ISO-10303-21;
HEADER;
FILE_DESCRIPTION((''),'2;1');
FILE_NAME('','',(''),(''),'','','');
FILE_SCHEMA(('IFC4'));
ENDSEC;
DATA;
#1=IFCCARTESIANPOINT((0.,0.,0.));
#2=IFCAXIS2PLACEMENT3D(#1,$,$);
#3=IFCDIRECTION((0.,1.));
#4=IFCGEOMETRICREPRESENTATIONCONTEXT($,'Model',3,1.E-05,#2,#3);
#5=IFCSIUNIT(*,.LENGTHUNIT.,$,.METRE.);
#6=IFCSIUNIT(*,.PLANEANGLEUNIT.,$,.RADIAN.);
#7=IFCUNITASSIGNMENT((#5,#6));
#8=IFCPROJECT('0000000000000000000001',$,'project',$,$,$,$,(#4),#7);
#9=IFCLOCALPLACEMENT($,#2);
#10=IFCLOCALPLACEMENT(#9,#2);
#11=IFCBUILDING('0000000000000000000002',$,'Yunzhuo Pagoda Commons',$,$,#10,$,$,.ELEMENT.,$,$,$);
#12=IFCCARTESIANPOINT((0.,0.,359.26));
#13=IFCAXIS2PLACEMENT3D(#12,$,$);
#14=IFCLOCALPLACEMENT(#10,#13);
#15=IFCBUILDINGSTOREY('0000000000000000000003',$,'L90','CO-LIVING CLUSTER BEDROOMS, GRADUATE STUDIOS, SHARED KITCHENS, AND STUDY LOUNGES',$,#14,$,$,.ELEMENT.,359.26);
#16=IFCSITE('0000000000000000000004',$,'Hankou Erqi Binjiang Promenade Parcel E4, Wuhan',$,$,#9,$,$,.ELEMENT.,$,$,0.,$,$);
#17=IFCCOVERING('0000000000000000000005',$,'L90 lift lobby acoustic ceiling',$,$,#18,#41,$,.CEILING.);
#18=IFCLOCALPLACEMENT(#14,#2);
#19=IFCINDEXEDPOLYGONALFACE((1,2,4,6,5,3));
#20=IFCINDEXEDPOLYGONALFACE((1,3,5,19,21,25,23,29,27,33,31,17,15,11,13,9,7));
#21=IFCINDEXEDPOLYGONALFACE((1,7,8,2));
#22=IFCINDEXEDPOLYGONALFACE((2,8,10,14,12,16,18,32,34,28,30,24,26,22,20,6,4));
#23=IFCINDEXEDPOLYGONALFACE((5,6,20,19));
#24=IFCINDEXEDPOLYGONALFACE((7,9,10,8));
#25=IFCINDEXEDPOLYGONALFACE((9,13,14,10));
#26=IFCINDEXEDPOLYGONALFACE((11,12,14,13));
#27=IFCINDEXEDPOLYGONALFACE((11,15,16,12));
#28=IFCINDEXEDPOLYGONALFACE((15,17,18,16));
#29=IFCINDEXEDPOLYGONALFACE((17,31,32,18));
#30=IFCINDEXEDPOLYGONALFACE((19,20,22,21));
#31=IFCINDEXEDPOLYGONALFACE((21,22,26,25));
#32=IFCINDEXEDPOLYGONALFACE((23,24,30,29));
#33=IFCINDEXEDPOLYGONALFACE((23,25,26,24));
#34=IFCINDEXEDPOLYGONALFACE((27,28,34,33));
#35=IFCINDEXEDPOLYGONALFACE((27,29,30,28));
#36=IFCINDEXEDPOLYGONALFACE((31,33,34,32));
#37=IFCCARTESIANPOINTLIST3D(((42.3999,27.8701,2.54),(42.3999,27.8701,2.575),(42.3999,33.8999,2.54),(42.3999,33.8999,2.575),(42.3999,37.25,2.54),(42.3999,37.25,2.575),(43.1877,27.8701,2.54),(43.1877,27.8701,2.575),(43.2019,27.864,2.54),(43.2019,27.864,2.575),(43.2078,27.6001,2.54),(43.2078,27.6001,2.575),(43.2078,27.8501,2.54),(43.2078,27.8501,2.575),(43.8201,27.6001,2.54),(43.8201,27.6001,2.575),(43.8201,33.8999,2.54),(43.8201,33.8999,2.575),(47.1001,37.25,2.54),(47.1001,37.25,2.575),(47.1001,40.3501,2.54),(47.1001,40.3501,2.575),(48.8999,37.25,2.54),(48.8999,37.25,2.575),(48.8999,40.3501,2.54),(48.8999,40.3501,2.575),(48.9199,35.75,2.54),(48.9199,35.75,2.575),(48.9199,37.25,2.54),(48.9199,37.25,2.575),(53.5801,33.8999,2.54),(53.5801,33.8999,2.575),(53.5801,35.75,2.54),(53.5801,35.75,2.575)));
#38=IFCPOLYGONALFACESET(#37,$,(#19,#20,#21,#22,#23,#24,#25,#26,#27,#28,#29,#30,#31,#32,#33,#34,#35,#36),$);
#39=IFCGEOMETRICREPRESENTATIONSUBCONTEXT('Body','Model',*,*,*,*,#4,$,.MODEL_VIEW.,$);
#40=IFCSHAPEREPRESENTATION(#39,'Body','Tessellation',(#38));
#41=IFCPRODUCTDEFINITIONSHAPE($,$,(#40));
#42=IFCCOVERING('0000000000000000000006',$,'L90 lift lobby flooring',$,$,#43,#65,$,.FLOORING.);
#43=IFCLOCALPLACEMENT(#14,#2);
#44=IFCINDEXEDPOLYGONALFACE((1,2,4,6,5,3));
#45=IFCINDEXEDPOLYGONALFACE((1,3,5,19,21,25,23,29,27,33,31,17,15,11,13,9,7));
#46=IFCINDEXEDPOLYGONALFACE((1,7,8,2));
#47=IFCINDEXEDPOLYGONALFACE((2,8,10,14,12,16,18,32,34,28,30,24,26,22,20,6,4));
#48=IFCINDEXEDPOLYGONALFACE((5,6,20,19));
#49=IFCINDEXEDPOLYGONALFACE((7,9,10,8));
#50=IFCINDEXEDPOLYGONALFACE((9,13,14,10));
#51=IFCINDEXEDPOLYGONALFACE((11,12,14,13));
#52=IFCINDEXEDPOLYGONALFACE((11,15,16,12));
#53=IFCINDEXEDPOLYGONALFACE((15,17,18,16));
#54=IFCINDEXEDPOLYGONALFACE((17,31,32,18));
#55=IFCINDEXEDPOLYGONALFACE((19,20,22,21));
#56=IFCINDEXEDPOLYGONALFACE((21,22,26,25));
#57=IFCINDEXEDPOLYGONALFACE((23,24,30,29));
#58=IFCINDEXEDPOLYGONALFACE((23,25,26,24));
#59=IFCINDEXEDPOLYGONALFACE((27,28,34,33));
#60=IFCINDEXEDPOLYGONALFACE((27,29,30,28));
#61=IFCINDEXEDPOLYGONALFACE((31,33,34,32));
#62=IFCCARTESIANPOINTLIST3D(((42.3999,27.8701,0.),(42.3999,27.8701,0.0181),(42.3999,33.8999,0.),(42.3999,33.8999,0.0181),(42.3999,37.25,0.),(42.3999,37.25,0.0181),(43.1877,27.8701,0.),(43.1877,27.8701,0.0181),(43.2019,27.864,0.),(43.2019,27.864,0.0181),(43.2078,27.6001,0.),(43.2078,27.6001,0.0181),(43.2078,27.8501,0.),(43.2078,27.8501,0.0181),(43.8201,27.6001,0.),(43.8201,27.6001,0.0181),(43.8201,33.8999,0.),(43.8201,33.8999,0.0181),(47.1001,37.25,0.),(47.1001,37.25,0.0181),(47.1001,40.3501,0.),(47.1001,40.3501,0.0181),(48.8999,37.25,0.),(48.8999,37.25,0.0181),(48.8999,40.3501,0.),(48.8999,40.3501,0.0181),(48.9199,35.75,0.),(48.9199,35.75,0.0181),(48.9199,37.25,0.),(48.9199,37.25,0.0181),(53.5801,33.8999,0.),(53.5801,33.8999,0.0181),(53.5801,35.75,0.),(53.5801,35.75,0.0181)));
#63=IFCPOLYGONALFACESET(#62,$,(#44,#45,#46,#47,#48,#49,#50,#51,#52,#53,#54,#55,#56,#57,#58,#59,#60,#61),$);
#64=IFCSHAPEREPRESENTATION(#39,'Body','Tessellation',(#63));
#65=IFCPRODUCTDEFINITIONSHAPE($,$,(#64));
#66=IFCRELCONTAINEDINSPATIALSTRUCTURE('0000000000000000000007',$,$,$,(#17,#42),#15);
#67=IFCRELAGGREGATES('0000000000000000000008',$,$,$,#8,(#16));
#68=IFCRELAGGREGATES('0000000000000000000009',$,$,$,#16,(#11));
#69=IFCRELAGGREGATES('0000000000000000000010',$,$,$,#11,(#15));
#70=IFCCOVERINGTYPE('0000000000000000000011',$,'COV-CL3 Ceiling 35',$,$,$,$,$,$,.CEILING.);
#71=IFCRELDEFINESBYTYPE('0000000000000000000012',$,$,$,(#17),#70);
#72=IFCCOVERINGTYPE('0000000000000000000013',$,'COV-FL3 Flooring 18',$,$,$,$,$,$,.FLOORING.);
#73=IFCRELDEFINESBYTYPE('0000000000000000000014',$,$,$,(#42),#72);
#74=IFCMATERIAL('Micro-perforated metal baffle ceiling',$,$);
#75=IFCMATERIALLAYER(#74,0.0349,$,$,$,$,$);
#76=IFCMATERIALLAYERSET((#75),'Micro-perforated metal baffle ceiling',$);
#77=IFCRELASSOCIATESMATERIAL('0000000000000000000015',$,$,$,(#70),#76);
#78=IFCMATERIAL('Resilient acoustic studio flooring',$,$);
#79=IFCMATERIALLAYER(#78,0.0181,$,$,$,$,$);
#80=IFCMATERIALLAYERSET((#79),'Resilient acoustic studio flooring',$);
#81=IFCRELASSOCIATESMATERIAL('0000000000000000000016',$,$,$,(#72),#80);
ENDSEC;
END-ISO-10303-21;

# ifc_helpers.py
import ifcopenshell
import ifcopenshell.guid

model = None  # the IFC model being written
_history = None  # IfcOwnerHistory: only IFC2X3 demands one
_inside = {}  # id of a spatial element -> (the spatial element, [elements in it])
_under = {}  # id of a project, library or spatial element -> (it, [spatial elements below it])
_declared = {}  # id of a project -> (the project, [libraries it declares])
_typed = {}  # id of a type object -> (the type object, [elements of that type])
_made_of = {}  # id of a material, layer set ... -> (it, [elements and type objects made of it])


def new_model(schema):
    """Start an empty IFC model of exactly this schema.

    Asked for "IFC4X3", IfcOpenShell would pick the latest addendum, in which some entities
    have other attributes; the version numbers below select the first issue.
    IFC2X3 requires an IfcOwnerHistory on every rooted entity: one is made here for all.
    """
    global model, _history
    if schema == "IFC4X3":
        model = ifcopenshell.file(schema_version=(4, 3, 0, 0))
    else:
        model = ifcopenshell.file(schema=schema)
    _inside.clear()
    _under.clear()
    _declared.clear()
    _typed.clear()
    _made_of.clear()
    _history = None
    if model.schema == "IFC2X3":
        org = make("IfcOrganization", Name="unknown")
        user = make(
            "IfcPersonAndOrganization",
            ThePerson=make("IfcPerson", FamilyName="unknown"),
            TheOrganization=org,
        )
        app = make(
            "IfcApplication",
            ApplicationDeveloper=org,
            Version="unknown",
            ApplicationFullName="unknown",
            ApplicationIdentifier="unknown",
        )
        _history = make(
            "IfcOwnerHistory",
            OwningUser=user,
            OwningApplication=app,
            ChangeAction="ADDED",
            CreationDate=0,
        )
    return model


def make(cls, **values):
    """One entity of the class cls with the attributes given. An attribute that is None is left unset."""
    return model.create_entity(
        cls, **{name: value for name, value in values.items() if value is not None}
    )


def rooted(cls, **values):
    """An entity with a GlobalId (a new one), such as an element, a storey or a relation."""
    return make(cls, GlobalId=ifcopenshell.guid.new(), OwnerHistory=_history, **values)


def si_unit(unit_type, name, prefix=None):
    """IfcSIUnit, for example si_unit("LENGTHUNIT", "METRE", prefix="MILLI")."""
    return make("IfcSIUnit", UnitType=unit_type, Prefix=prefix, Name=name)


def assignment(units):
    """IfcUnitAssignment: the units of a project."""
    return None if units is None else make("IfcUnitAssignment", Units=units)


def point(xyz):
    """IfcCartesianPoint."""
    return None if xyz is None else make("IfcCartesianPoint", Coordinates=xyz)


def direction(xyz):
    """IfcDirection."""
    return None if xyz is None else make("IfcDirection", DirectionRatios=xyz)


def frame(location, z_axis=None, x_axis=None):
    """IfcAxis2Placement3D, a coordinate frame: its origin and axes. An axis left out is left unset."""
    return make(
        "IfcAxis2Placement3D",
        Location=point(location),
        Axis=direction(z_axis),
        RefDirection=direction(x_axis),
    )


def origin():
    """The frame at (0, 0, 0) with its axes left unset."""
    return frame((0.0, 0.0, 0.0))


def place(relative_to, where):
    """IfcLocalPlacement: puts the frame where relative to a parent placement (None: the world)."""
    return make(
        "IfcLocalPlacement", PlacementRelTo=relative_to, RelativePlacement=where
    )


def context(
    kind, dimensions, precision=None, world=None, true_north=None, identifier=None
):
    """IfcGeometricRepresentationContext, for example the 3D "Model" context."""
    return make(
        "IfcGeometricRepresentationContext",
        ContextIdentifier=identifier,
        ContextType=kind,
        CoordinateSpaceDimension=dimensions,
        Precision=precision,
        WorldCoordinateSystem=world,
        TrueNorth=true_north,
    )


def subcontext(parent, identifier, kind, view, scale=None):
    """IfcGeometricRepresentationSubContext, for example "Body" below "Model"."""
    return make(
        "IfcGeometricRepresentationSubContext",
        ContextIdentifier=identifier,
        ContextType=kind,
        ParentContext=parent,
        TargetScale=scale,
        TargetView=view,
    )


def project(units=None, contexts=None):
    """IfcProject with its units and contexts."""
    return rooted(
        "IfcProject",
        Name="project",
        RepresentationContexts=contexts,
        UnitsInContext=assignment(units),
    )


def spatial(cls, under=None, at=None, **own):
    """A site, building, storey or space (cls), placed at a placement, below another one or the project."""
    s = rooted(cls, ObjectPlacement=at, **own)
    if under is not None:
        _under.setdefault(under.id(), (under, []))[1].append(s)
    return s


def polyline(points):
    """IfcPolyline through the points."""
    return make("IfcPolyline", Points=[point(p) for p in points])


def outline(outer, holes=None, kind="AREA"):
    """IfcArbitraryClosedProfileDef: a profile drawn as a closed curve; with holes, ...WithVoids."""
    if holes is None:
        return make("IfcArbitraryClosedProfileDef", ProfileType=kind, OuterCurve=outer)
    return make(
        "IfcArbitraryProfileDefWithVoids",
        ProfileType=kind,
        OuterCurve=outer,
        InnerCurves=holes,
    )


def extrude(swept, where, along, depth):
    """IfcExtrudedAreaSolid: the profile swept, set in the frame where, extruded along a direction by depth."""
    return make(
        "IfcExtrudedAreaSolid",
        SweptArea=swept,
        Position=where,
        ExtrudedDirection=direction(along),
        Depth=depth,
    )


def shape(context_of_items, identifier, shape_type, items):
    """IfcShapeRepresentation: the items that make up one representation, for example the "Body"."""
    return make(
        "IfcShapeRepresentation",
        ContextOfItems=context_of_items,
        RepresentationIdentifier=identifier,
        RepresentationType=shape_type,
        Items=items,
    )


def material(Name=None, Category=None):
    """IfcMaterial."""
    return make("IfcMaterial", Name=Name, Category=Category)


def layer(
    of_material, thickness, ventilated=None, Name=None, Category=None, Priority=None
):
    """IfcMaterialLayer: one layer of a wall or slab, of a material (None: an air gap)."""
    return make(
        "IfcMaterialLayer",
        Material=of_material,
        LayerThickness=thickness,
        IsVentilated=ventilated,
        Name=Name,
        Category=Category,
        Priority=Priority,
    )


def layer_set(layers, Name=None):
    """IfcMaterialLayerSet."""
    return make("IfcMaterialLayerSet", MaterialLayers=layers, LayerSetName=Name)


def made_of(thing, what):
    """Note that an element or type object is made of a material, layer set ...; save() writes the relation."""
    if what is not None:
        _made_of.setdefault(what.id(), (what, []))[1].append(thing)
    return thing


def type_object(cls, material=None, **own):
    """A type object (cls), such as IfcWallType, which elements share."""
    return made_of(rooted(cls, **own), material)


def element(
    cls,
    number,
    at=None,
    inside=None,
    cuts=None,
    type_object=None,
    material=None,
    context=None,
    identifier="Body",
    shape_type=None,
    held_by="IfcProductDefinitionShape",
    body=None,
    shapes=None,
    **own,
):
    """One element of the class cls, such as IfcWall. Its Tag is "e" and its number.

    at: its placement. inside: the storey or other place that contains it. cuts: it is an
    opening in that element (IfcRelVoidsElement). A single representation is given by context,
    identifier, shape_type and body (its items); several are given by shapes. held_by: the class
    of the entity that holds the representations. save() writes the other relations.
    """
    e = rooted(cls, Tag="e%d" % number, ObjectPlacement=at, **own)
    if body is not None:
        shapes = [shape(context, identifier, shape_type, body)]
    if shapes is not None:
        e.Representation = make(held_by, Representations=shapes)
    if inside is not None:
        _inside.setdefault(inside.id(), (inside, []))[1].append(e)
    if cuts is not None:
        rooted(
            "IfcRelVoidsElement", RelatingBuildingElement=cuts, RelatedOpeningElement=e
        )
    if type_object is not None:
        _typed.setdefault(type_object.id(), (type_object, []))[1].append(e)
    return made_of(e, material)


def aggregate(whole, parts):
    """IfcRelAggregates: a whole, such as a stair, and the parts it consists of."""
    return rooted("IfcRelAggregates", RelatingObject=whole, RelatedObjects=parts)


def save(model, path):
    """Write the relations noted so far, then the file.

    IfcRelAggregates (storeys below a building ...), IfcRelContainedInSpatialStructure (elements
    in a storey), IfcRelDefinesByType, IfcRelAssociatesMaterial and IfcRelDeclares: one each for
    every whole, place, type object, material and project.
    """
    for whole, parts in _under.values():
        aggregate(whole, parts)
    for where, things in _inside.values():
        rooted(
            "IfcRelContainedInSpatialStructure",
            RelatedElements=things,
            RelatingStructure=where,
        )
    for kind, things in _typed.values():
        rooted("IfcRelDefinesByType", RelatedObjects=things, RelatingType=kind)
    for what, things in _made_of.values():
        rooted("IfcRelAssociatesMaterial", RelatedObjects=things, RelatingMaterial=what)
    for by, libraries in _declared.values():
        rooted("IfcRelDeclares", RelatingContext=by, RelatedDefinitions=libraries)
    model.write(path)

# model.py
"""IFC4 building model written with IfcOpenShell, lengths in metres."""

from ifc_helpers import new_model, si_unit, direction, frame, origin, place, context, subcontext, project, spatial, polyline, outline, extrude, material, layer, layer_set, type_object, element, save


model = new_model("IFC4")

# Units and contexts
model_context = context("Model", 3, precision=1e-05, world=origin(), true_north=direction((0.0, 1.0)))
body_context = subcontext(model_context, "Body", "Model", "MODEL_VIEW")
ifc_project = project(units=[si_unit("LENGTHUNIT", "METRE"), si_unit("PLANEANGLEUNIT", "RADIAN")], contexts=[model_context])

# Site, building, storey
site_placement = place(None, origin())
site = spatial("IfcSite", under=ifc_project, at=site_placement, Name="Hankou Erqi Binjiang Promenade Parcel E4, Wuhan", CompositionType="ELEMENT", RefElevation=0.0)
building_placement = place(site_placement, origin())
building = spatial("IfcBuilding", under=site, at=building_placement, Name="Yunzhuo Pagoda Commons", CompositionType="ELEMENT")
storey_placement = place(building_placement, frame((0.0, 0.0, 359.26)))
storey = spatial("IfcBuildingStorey", under=building, at=storey_placement, Name="L90", Description="CO-LIVING CLUSTER BEDROOMS, GRADUATE STUDIOS, SHARED KITCHENS, AND STUDY LOUNGES", CompositionType="ELEMENT", Elevation=359.26)

# Coverings
ifc_material_1 = material(Name="Micro-perforated metal baffle ceiling")
ifc_layer_1 = layer(ifc_material_1, 0.0349)
ifc_layer_set_1 = layer_set([ifc_layer_1], Name="Micro-perforated metal baffle ceiling")
covering_type_1 = type_object("IfcCoveringType", Name="COV-CL3 Ceiling 35", PredefinedType="CEILING", material=ifc_layer_set_1)
covering_1_placement = place(storey_placement, frame((0.0, 0.0, 2.54)))
element("IfcCovering", 1, at=covering_1_placement, inside=storey, type_object=covering_type_1, Name="L90 lift lobby acoustic ceiling", PredefinedType="CEILING", context=body_context, shape_type="SweptSolid", body=[
    extrude(outline(polyline([(42.3999, 37.25), (47.1001, 37.25), (47.1001, 40.3501), (48.8999, 40.3501), (48.8999, 37.25), (48.9199, 37.25), (48.9199, 35.75), (53.5801, 35.75), (53.5801, 33.8999), (43.8201, 33.8999), (43.8201, 27.6001), (43.2078, 27.6001), (43.2078, 27.8501), (43.2019, 27.864), (43.1877, 27.8701), (42.3999, 27.8701), (42.3999, 33.8999), (42.3999, 37.25)])), origin(), (0.0, 0.0, 1.0), 0.0349),
])
ifc_material_2 = material(Name="Resilient acoustic studio flooring")
ifc_layer_2 = layer(ifc_material_2, 0.0181)
ifc_layer_set_2 = layer_set([ifc_layer_2], Name="Resilient acoustic studio flooring")
covering_type_2 = type_object("IfcCoveringType", Name="COV-FL3 Flooring 18", PredefinedType="FLOORING", material=ifc_layer_set_2)
covering_2_placement = place(storey_placement, origin())
element("IfcCovering", 2, at=covering_2_placement, inside=storey, type_object=covering_type_2, Name="L90 lift lobby flooring", PredefinedType="FLOORING", context=body_context, shape_type="SweptSolid", body=[
    extrude(outline(polyline([(42.3999, 37.25), (47.1001, 37.25), (47.1001, 40.3501), (48.8999, 40.3501), (48.8999, 37.25), (48.9199, 37.25), (48.9199, 35.75), (53.5801, 35.75), (53.5801, 33.8999), (43.8201, 33.8999), (43.8201, 27.6001), (43.2078, 27.6001), (43.2078, 27.8501), (43.2019, 27.864), (43.1877, 27.8701), (42.3999, 27.8701), (42.3999, 33.8999), (42.3999, 37.25)])), origin(), (0.0, 0.0, 1.0), 0.0181),
])

save(model, "model.ifc")
